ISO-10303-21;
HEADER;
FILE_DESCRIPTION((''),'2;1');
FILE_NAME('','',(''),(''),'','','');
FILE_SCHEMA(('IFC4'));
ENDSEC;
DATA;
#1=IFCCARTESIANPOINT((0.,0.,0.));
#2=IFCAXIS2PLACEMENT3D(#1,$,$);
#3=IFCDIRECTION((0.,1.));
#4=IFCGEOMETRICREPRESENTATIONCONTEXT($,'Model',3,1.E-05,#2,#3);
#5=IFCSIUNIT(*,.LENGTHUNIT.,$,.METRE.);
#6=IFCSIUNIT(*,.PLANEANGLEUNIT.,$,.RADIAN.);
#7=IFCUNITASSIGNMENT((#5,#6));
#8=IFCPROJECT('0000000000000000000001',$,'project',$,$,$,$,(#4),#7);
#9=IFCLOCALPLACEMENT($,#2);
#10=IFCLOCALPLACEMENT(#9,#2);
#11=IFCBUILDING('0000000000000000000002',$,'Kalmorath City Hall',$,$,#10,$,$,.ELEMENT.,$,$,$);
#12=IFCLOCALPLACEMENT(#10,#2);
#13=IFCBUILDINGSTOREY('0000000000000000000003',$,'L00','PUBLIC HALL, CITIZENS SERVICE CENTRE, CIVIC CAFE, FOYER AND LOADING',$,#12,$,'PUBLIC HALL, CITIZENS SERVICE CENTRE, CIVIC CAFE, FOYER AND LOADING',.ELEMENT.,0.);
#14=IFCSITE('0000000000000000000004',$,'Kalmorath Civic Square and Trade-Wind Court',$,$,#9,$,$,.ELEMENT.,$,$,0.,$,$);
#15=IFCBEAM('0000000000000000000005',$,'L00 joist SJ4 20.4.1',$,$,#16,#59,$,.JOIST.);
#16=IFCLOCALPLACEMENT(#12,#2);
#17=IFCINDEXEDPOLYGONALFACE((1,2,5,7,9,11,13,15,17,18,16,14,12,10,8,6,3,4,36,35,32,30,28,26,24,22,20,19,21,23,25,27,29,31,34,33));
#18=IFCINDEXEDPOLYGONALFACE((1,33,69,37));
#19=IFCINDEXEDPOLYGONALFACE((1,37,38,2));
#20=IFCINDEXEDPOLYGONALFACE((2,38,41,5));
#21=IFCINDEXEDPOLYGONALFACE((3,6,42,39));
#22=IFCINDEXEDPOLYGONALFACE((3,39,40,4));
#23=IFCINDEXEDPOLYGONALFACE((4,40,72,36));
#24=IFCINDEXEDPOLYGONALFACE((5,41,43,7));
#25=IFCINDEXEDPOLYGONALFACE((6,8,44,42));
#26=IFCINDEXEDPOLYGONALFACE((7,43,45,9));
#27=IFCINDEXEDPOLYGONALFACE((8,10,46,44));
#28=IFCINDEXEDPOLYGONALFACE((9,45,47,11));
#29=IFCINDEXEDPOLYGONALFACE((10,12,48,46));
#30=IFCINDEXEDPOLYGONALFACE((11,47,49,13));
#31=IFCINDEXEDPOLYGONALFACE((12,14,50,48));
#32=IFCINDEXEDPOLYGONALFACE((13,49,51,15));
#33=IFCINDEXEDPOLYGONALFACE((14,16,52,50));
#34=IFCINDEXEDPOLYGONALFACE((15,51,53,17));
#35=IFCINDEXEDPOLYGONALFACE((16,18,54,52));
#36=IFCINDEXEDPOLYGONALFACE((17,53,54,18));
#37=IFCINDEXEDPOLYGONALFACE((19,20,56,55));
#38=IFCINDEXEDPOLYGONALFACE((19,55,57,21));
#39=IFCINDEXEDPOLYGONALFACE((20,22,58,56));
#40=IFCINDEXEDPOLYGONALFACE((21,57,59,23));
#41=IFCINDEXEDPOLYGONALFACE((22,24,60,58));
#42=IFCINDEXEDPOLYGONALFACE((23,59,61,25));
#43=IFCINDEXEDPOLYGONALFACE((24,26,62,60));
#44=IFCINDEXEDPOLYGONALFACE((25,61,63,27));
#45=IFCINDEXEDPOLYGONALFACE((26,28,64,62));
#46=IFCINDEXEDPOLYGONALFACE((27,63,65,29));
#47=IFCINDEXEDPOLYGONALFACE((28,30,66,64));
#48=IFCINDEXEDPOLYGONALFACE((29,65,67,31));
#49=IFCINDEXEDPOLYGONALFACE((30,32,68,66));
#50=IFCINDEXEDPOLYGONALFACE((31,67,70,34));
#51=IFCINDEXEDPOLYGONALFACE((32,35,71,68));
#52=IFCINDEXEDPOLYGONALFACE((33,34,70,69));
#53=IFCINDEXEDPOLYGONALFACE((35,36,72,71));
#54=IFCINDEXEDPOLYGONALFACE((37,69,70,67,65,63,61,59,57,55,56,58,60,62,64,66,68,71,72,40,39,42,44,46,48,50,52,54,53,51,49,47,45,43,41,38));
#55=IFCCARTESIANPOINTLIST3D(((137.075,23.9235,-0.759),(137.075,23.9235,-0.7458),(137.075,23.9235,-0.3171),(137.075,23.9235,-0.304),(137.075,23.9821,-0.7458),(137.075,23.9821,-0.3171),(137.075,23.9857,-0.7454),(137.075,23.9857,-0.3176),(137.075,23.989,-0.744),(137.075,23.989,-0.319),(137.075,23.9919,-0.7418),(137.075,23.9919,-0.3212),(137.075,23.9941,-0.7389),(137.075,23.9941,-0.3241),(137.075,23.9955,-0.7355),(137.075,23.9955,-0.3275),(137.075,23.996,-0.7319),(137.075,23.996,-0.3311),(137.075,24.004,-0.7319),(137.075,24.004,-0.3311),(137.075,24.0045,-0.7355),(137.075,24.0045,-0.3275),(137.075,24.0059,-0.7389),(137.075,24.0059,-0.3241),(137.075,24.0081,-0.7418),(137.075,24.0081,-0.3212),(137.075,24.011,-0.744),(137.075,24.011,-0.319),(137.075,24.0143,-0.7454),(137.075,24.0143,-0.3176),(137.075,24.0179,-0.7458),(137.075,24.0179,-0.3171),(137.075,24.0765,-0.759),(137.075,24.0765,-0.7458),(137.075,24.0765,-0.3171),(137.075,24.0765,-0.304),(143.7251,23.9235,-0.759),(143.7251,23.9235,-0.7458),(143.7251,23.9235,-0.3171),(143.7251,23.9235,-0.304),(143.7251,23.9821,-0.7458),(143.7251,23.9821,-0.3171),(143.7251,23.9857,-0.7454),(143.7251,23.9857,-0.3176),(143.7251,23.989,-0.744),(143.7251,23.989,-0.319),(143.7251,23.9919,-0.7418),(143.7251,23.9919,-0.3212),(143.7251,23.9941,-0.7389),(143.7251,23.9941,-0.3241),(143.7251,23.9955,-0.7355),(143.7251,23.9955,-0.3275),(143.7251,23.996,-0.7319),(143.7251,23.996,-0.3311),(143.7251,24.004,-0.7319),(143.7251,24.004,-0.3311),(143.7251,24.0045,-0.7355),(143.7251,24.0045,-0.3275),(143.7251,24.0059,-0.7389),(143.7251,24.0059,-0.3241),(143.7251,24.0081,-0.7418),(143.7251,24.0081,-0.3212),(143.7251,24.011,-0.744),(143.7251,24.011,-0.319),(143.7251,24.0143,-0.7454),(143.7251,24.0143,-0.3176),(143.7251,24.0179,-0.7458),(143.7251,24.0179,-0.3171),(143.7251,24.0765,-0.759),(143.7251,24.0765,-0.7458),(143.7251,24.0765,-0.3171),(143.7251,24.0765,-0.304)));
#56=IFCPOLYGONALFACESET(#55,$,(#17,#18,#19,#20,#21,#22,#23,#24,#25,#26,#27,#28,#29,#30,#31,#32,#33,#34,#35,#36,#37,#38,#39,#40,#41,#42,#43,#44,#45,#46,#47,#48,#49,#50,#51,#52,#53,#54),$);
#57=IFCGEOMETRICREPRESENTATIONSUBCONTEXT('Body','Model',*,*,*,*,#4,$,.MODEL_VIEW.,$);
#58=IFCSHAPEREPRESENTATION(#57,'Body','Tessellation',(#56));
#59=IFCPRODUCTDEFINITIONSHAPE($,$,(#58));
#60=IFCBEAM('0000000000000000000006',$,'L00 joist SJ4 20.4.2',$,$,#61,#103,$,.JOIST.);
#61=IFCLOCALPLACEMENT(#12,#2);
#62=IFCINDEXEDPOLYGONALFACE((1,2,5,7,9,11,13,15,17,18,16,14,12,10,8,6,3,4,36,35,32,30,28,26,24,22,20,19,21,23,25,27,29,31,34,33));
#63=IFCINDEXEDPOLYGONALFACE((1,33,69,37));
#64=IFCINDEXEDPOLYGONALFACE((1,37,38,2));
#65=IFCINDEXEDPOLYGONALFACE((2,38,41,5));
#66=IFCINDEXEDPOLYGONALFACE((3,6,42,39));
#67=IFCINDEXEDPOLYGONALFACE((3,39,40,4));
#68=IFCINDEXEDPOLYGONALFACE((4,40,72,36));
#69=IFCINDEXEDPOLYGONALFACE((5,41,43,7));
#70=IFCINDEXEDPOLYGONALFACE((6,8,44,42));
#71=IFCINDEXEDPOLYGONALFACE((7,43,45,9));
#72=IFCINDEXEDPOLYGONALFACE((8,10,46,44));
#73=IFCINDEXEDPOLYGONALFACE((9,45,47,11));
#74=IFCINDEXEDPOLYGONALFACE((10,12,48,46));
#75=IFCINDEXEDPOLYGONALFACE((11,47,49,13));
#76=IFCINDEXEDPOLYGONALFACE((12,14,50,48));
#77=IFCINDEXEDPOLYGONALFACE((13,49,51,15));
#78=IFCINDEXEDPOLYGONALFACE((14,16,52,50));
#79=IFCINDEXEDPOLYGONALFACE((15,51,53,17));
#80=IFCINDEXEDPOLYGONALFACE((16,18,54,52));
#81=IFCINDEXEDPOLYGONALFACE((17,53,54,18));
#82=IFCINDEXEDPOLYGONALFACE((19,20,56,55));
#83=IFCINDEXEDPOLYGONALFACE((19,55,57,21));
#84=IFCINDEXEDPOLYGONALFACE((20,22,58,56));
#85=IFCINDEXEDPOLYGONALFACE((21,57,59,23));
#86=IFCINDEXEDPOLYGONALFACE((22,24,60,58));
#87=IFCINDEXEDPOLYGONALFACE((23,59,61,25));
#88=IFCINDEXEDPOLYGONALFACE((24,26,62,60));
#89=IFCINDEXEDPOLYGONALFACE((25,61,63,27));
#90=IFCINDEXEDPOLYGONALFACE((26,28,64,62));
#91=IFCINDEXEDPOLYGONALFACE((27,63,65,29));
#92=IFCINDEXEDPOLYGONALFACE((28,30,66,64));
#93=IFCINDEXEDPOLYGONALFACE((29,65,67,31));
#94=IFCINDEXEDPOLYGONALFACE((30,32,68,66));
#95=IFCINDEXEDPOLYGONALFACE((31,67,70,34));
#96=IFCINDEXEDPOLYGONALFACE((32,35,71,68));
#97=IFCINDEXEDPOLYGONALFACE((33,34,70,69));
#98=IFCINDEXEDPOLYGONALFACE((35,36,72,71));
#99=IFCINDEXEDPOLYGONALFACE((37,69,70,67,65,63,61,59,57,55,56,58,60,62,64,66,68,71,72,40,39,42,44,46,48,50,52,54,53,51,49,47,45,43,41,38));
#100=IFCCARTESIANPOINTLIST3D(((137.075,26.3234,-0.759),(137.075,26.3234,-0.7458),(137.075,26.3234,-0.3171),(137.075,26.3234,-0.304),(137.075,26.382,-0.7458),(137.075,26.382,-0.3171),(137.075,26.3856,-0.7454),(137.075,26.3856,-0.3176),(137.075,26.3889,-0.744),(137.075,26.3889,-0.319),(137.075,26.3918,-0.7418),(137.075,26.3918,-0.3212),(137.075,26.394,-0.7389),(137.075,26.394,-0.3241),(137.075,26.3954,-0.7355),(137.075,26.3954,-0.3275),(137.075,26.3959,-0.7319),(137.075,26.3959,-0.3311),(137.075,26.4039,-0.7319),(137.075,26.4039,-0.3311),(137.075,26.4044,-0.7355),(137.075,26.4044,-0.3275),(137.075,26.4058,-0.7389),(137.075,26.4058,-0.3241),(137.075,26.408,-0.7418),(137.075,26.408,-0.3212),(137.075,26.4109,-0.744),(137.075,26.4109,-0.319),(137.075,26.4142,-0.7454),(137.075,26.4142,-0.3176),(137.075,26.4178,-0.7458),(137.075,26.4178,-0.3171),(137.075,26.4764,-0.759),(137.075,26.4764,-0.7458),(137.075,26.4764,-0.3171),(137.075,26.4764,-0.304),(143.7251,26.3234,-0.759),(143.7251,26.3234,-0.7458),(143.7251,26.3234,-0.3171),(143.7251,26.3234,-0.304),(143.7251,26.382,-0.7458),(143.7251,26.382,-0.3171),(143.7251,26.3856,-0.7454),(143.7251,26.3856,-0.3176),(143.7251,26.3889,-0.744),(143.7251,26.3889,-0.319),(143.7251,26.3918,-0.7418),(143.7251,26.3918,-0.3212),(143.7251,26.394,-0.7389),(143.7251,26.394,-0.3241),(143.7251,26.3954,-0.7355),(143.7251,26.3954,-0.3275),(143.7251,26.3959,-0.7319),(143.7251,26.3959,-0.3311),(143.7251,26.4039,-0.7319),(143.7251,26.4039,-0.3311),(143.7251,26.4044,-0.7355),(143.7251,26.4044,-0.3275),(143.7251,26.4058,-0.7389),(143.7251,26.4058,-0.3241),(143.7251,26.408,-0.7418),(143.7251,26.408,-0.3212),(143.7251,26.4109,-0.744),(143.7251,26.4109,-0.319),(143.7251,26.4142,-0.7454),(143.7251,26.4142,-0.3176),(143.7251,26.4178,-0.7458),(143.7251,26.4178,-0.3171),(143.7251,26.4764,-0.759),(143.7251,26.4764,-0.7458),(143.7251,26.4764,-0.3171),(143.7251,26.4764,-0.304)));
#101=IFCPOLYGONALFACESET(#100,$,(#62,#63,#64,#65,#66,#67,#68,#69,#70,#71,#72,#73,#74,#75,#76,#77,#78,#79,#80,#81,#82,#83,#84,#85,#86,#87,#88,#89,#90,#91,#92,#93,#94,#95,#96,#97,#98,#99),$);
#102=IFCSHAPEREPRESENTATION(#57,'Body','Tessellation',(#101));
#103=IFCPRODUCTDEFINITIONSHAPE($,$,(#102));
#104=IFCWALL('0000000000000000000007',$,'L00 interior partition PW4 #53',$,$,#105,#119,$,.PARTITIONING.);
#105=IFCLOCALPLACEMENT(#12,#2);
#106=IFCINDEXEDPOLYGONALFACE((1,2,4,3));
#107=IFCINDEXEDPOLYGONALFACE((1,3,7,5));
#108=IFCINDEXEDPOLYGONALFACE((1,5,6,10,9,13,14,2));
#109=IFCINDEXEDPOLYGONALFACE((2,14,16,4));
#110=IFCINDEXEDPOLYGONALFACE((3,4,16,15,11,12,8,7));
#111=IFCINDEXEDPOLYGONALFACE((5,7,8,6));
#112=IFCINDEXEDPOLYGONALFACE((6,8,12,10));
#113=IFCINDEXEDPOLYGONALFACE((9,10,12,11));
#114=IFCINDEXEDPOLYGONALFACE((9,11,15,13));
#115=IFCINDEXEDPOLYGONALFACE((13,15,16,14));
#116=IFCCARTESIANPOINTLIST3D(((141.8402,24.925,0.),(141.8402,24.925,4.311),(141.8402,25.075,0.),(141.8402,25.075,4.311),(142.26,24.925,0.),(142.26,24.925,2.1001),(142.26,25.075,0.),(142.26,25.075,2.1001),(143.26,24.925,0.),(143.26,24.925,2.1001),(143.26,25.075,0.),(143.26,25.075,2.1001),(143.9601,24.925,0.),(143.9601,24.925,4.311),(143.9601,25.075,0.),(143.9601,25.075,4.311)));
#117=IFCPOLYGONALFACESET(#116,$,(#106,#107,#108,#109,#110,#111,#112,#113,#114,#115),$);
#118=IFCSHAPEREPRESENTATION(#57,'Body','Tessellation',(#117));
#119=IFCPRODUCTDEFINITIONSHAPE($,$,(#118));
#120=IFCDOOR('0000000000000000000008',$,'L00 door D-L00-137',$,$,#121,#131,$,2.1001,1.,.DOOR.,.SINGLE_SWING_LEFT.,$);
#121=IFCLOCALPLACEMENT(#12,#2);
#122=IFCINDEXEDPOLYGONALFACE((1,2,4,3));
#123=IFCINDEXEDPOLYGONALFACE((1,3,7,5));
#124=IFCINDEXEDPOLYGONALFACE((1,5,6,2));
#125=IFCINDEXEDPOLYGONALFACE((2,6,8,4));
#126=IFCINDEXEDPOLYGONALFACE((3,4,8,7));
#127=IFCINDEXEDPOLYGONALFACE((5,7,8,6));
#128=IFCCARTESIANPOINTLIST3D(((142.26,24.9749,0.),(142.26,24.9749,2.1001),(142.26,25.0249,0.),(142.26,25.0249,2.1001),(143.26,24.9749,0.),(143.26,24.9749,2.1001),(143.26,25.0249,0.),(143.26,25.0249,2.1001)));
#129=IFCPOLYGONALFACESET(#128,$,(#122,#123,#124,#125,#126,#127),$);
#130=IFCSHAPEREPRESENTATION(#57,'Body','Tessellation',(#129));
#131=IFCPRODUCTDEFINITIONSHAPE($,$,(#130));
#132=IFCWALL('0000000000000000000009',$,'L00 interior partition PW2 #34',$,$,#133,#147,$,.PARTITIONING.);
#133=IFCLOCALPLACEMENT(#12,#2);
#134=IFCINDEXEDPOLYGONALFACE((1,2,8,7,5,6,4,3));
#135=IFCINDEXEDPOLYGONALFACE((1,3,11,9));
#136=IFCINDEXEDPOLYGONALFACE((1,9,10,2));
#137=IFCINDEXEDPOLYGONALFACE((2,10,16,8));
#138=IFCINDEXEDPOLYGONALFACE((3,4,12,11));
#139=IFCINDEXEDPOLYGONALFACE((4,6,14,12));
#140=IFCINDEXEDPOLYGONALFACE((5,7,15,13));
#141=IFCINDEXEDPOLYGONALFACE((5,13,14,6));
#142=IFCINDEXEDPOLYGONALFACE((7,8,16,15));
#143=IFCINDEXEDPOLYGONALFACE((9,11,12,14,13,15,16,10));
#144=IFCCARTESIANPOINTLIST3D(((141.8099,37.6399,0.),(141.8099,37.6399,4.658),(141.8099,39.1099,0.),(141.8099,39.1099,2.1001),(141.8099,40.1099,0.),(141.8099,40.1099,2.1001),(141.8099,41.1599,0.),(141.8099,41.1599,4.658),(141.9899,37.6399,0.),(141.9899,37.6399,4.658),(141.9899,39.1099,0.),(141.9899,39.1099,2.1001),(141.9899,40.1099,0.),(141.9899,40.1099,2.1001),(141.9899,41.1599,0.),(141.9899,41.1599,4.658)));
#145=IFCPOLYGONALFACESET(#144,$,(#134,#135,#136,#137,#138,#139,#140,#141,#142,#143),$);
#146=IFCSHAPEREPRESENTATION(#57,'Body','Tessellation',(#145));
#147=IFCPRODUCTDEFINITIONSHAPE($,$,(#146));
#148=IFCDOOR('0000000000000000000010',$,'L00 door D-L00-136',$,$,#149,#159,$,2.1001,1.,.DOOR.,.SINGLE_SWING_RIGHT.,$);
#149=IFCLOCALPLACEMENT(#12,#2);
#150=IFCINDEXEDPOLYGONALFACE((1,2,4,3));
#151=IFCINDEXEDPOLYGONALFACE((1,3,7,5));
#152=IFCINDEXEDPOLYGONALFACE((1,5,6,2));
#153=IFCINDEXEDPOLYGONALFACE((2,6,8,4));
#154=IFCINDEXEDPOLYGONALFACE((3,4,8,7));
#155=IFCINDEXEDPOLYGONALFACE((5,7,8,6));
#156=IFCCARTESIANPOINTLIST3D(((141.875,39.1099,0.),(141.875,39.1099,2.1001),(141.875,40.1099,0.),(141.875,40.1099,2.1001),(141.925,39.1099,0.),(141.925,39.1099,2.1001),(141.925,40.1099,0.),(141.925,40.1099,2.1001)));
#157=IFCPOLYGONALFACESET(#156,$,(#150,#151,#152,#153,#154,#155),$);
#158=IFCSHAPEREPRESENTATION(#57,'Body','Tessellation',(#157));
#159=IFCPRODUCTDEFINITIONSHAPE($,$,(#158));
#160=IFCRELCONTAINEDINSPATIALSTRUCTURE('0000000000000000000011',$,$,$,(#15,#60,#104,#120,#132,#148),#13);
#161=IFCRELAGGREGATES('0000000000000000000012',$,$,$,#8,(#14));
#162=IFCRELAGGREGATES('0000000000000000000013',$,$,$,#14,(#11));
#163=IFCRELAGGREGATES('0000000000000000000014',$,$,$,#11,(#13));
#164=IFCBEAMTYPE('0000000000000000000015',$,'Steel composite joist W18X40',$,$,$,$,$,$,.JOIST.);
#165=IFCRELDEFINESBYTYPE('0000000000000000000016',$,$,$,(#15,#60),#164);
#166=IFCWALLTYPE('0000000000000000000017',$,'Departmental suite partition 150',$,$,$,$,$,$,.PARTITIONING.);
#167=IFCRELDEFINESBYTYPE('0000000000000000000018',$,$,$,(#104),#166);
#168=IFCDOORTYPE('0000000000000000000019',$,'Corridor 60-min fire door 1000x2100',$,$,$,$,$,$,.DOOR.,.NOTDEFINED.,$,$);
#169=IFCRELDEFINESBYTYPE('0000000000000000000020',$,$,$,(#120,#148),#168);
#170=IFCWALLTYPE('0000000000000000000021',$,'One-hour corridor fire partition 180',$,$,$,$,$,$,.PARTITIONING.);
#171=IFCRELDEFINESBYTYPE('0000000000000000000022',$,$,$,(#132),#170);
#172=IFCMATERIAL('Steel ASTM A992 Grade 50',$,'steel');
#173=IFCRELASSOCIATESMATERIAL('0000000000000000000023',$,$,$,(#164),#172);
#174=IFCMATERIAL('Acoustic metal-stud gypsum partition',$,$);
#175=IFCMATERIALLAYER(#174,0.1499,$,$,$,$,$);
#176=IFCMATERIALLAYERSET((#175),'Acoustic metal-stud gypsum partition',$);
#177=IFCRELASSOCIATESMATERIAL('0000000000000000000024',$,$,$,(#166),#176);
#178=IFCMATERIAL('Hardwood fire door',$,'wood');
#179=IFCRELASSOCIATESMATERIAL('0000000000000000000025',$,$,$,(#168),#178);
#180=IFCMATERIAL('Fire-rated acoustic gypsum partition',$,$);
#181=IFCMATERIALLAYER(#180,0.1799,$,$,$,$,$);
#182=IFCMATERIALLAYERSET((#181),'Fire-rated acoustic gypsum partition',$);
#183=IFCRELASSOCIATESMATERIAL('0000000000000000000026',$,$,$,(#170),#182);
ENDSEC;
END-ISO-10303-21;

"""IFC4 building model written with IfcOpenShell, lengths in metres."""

from ifc_helpers import new_model, si_unit, direction, frame, frame_2d, origin, origin_2d, place, context, subcontext, project, spatial, rectangle, i_section, extrude, material, layer, layer_set, material_profile, profile_set, type_object, element, fill, save


model = new_model("IFC4")

# Units and contexts
model_context = context("Model", 3, precision=1e-05, world=origin(), true_north=direction((0.0, 1.0)))
body_context = subcontext(model_context, "Body", "Model", "MODEL_VIEW")
ifc_project = project(units=[si_unit("LENGTHUNIT", "METRE"), si_unit("PLANEANGLEUNIT", "RADIAN")], contexts=[model_context])

# Site, building, storey
site_placement = place(None, origin())
site = spatial("IfcSite", under=ifc_project, at=site_placement, Name="Kalmorath Civic Square and Trade-Wind Court", CompositionType="ELEMENT", RefElevation=0.0)
building_placement = place(site_placement, origin())
building = spatial("IfcBuilding", under=site, at=building_placement, Name="Kalmorath City Hall", CompositionType="ELEMENT")
storey_placement = place(building_placement, origin())
storey = spatial("IfcBuildingStorey", under=building, at=storey_placement, Name="L00", Description="PUBLIC HALL, CITIZENS SERVICE CENTRE, CIVIC CAFE, FOYER AND LOADING", LongName="PUBLIC HALL, CITIZENS SERVICE CENTRE, CIVIC CAFE, FOYER AND LOADING", CompositionType="ELEMENT", Elevation=0.0)

# Beams
ifc_material_1 = material(Name="Steel ASTM A992 Grade 50", Category="steel")
ifc_material_profile_1 = material_profile(ifc_material_1, i_section(OverallWidth=0.1531, OverallDepth=0.4551, WebThickness=0.0081, FlangeThickness=0.0132, FilletRadius=0.0139, at=origin_2d()), Name="W18X40")
ifc_profile_set_1 = profile_set([ifc_material_profile_1], Name="Steel ASTM A992 Grade 50")
beam_type_1 = type_object("IfcBeamType", Name="Steel composite joist W18X40", PredefinedType="JOIST", material=ifc_profile_set_1)
for number, where, z_axis, x_axis, name in (
    (1, (137.075, 24.0, -0.5315), (1.0, 0.0, 0.0), (0.0, 1.0, 0.0), "L00 joist SJ4 20.4.1"),
    (2, (137.075, 26.3999, -0.5315), (1.0, 0.0, 0.0), (0.0, 1.0, 0.0), "L00 joist SJ4 20.4.2"),
):
    element("IfcBeam", number, at=place(storey_placement, frame(where, z_axis=z_axis, x_axis=x_axis)), inside=storey, type_object=beam_type_1, Name=name, PredefinedType="JOIST", context=body_context, shape_type="SweptSolid", body=[
        extrude(i_section(OverallWidth=0.1531, OverallDepth=0.4551, WebThickness=0.0081, FlangeThickness=0.0132, FilletRadius=0.0139, at=origin_2d()), origin(), (0.0, 0.0, 1.0), 6.6501),
    ])

# Wall, opening, door
ifc_material_2 = material(Name="Acoustic metal-stud gypsum partition")
ifc_layer_1 = layer(ifc_material_2, 0.1499)
ifc_layer_set_1 = layer_set([ifc_layer_1], Name="Acoustic metal-stud gypsum partition")
wall_type_1 = type_object("IfcWallType", Name="Departmental suite partition 150", PredefinedType="PARTITIONING", material=ifc_layer_set_1)
wall_1_placement = place(storey_placement, frame((141.8401, 25.0, 0.0), z_axis=(0.0, 0.0, 1.0), x_axis=(1.0, 0.0, 0.0)))
wall_1 = element("IfcWall", 3, at=wall_1_placement, inside=storey, type_object=wall_type_1, Name="L00 interior partition PW4 #53", PredefinedType="PARTITIONING", context=body_context, shape_type="SweptSolid", body=[
    extrude(rectangle(XDim=2.1199, YDim=0.1499, at=frame_2d((1.0601, 0.0))), origin(), (0.0, 0.0, 1.0), 4.311),
])
opening_1_placement = place(wall_1_placement, frame((0.4199, 0.0, 0.0)))
opening_1 = element("IfcOpeningElement", 4, at=opening_1_placement, cuts=wall_1, PredefinedType="OPENING", context=body_context, shape_type="SweptSolid", body=[
    extrude(rectangle(XDim=1.0, YDim=2.1001, at=frame_2d((0.5, 1.05))), frame((0.0, 0.085, 0.0), z_axis=(0.0, -1.0, 0.0), x_axis=(1.0, 0.0, 0.0)), (0.0, 0.0, 1.0), 0.1699),
])
ifc_material_3 = material(Name="Hardwood fire door", Category="wood")
door_type = type_object("IfcDoorType", Name="Corridor 60-min fire door 1000x2100", OperationType="NOTDEFINED", PredefinedType="DOOR", material=ifc_material_3)
door_1_placement = place(opening_1_placement, origin())
door_1 = element("IfcDoor", 5, at=door_1_placement, inside=storey, type_object=door_type, Name="L00 door D-L00-137", OperationType="SINGLE_SWING_LEFT", OverallHeight=2.1001, OverallWidth=1.0, PredefinedType="DOOR", context=body_context, shape_type="SweptSolid", body=[
    extrude(rectangle(XDim=1.0, YDim=2.1001, at=frame_2d((0.5, 1.05))), frame((0.0, 0.0249, 0.0), z_axis=(0.0, -1.0, 0.0), x_axis=(1.0, 0.0, 0.0)), (0.0, 0.0, 1.0), 0.05),
])
fill(opening_1, door_1)

# Wall, opening, door
ifc_material_4 = material(Name="Fire-rated acoustic gypsum partition")
ifc_layer_2 = layer(ifc_material_4, 0.1799)
ifc_layer_set_2 = layer_set([ifc_layer_2], Name="Fire-rated acoustic gypsum partition")
wall_type_2 = type_object("IfcWallType", Name="One-hour corridor fire partition 180", PredefinedType="PARTITIONING", material=ifc_layer_set_2)
wall_2_placement = place(storey_placement, frame((141.8999, 37.6399, 0.0), z_axis=(0.0, 0.0, 1.0), x_axis=(0.0, 1.0, 0.0)))
wall_2 = element("IfcWall", 6, at=wall_2_placement, inside=storey, type_object=wall_type_2, Name="L00 interior partition PW2 #34", PredefinedType="PARTITIONING", context=body_context, shape_type="SweptSolid", body=[
    extrude(rectangle(XDim=3.52, YDim=0.1799, at=frame_2d((1.76, 0.0))), origin(), (0.0, 0.0, 1.0), 4.658),
])
opening_2_placement = place(wall_2_placement, frame((1.47, 0.0, 0.0)))
opening_2 = element("IfcOpeningElement", 7, at=opening_2_placement, cuts=wall_2, PredefinedType="OPENING", context=body_context, shape_type="SweptSolid", body=[
    extrude(rectangle(XDim=1.0, YDim=2.1001, at=frame_2d((0.5, 1.05))), frame((0.0, 0.0999, 0.0), z_axis=(0.0, -1.0, 0.0), x_axis=(1.0, 0.0, 0.0)), (0.0, 0.0, 1.0), 0.2),
])
door_2_placement = place(opening_2_placement, origin())
door_2 = element("IfcDoor", 8, at=door_2_placement, inside=storey, type_object=door_type, Name="L00 door D-L00-136", OperationType="SINGLE_SWING_RIGHT", OverallHeight=2.1001, OverallWidth=1.0, PredefinedType="DOOR", context=body_context, shape_type="SweptSolid", body=[
    extrude(rectangle(XDim=1.0, YDim=2.1001, at=frame_2d((0.5, 1.05))), frame((0.0, 0.0249, 0.0), z_axis=(0.0, -1.0, 0.0), x_axis=(1.0, 0.0, 0.0)), (0.0, 0.0, 1.0), 0.05),
])
fill(opening_2, door_2)

save(model, "model.ifc")
